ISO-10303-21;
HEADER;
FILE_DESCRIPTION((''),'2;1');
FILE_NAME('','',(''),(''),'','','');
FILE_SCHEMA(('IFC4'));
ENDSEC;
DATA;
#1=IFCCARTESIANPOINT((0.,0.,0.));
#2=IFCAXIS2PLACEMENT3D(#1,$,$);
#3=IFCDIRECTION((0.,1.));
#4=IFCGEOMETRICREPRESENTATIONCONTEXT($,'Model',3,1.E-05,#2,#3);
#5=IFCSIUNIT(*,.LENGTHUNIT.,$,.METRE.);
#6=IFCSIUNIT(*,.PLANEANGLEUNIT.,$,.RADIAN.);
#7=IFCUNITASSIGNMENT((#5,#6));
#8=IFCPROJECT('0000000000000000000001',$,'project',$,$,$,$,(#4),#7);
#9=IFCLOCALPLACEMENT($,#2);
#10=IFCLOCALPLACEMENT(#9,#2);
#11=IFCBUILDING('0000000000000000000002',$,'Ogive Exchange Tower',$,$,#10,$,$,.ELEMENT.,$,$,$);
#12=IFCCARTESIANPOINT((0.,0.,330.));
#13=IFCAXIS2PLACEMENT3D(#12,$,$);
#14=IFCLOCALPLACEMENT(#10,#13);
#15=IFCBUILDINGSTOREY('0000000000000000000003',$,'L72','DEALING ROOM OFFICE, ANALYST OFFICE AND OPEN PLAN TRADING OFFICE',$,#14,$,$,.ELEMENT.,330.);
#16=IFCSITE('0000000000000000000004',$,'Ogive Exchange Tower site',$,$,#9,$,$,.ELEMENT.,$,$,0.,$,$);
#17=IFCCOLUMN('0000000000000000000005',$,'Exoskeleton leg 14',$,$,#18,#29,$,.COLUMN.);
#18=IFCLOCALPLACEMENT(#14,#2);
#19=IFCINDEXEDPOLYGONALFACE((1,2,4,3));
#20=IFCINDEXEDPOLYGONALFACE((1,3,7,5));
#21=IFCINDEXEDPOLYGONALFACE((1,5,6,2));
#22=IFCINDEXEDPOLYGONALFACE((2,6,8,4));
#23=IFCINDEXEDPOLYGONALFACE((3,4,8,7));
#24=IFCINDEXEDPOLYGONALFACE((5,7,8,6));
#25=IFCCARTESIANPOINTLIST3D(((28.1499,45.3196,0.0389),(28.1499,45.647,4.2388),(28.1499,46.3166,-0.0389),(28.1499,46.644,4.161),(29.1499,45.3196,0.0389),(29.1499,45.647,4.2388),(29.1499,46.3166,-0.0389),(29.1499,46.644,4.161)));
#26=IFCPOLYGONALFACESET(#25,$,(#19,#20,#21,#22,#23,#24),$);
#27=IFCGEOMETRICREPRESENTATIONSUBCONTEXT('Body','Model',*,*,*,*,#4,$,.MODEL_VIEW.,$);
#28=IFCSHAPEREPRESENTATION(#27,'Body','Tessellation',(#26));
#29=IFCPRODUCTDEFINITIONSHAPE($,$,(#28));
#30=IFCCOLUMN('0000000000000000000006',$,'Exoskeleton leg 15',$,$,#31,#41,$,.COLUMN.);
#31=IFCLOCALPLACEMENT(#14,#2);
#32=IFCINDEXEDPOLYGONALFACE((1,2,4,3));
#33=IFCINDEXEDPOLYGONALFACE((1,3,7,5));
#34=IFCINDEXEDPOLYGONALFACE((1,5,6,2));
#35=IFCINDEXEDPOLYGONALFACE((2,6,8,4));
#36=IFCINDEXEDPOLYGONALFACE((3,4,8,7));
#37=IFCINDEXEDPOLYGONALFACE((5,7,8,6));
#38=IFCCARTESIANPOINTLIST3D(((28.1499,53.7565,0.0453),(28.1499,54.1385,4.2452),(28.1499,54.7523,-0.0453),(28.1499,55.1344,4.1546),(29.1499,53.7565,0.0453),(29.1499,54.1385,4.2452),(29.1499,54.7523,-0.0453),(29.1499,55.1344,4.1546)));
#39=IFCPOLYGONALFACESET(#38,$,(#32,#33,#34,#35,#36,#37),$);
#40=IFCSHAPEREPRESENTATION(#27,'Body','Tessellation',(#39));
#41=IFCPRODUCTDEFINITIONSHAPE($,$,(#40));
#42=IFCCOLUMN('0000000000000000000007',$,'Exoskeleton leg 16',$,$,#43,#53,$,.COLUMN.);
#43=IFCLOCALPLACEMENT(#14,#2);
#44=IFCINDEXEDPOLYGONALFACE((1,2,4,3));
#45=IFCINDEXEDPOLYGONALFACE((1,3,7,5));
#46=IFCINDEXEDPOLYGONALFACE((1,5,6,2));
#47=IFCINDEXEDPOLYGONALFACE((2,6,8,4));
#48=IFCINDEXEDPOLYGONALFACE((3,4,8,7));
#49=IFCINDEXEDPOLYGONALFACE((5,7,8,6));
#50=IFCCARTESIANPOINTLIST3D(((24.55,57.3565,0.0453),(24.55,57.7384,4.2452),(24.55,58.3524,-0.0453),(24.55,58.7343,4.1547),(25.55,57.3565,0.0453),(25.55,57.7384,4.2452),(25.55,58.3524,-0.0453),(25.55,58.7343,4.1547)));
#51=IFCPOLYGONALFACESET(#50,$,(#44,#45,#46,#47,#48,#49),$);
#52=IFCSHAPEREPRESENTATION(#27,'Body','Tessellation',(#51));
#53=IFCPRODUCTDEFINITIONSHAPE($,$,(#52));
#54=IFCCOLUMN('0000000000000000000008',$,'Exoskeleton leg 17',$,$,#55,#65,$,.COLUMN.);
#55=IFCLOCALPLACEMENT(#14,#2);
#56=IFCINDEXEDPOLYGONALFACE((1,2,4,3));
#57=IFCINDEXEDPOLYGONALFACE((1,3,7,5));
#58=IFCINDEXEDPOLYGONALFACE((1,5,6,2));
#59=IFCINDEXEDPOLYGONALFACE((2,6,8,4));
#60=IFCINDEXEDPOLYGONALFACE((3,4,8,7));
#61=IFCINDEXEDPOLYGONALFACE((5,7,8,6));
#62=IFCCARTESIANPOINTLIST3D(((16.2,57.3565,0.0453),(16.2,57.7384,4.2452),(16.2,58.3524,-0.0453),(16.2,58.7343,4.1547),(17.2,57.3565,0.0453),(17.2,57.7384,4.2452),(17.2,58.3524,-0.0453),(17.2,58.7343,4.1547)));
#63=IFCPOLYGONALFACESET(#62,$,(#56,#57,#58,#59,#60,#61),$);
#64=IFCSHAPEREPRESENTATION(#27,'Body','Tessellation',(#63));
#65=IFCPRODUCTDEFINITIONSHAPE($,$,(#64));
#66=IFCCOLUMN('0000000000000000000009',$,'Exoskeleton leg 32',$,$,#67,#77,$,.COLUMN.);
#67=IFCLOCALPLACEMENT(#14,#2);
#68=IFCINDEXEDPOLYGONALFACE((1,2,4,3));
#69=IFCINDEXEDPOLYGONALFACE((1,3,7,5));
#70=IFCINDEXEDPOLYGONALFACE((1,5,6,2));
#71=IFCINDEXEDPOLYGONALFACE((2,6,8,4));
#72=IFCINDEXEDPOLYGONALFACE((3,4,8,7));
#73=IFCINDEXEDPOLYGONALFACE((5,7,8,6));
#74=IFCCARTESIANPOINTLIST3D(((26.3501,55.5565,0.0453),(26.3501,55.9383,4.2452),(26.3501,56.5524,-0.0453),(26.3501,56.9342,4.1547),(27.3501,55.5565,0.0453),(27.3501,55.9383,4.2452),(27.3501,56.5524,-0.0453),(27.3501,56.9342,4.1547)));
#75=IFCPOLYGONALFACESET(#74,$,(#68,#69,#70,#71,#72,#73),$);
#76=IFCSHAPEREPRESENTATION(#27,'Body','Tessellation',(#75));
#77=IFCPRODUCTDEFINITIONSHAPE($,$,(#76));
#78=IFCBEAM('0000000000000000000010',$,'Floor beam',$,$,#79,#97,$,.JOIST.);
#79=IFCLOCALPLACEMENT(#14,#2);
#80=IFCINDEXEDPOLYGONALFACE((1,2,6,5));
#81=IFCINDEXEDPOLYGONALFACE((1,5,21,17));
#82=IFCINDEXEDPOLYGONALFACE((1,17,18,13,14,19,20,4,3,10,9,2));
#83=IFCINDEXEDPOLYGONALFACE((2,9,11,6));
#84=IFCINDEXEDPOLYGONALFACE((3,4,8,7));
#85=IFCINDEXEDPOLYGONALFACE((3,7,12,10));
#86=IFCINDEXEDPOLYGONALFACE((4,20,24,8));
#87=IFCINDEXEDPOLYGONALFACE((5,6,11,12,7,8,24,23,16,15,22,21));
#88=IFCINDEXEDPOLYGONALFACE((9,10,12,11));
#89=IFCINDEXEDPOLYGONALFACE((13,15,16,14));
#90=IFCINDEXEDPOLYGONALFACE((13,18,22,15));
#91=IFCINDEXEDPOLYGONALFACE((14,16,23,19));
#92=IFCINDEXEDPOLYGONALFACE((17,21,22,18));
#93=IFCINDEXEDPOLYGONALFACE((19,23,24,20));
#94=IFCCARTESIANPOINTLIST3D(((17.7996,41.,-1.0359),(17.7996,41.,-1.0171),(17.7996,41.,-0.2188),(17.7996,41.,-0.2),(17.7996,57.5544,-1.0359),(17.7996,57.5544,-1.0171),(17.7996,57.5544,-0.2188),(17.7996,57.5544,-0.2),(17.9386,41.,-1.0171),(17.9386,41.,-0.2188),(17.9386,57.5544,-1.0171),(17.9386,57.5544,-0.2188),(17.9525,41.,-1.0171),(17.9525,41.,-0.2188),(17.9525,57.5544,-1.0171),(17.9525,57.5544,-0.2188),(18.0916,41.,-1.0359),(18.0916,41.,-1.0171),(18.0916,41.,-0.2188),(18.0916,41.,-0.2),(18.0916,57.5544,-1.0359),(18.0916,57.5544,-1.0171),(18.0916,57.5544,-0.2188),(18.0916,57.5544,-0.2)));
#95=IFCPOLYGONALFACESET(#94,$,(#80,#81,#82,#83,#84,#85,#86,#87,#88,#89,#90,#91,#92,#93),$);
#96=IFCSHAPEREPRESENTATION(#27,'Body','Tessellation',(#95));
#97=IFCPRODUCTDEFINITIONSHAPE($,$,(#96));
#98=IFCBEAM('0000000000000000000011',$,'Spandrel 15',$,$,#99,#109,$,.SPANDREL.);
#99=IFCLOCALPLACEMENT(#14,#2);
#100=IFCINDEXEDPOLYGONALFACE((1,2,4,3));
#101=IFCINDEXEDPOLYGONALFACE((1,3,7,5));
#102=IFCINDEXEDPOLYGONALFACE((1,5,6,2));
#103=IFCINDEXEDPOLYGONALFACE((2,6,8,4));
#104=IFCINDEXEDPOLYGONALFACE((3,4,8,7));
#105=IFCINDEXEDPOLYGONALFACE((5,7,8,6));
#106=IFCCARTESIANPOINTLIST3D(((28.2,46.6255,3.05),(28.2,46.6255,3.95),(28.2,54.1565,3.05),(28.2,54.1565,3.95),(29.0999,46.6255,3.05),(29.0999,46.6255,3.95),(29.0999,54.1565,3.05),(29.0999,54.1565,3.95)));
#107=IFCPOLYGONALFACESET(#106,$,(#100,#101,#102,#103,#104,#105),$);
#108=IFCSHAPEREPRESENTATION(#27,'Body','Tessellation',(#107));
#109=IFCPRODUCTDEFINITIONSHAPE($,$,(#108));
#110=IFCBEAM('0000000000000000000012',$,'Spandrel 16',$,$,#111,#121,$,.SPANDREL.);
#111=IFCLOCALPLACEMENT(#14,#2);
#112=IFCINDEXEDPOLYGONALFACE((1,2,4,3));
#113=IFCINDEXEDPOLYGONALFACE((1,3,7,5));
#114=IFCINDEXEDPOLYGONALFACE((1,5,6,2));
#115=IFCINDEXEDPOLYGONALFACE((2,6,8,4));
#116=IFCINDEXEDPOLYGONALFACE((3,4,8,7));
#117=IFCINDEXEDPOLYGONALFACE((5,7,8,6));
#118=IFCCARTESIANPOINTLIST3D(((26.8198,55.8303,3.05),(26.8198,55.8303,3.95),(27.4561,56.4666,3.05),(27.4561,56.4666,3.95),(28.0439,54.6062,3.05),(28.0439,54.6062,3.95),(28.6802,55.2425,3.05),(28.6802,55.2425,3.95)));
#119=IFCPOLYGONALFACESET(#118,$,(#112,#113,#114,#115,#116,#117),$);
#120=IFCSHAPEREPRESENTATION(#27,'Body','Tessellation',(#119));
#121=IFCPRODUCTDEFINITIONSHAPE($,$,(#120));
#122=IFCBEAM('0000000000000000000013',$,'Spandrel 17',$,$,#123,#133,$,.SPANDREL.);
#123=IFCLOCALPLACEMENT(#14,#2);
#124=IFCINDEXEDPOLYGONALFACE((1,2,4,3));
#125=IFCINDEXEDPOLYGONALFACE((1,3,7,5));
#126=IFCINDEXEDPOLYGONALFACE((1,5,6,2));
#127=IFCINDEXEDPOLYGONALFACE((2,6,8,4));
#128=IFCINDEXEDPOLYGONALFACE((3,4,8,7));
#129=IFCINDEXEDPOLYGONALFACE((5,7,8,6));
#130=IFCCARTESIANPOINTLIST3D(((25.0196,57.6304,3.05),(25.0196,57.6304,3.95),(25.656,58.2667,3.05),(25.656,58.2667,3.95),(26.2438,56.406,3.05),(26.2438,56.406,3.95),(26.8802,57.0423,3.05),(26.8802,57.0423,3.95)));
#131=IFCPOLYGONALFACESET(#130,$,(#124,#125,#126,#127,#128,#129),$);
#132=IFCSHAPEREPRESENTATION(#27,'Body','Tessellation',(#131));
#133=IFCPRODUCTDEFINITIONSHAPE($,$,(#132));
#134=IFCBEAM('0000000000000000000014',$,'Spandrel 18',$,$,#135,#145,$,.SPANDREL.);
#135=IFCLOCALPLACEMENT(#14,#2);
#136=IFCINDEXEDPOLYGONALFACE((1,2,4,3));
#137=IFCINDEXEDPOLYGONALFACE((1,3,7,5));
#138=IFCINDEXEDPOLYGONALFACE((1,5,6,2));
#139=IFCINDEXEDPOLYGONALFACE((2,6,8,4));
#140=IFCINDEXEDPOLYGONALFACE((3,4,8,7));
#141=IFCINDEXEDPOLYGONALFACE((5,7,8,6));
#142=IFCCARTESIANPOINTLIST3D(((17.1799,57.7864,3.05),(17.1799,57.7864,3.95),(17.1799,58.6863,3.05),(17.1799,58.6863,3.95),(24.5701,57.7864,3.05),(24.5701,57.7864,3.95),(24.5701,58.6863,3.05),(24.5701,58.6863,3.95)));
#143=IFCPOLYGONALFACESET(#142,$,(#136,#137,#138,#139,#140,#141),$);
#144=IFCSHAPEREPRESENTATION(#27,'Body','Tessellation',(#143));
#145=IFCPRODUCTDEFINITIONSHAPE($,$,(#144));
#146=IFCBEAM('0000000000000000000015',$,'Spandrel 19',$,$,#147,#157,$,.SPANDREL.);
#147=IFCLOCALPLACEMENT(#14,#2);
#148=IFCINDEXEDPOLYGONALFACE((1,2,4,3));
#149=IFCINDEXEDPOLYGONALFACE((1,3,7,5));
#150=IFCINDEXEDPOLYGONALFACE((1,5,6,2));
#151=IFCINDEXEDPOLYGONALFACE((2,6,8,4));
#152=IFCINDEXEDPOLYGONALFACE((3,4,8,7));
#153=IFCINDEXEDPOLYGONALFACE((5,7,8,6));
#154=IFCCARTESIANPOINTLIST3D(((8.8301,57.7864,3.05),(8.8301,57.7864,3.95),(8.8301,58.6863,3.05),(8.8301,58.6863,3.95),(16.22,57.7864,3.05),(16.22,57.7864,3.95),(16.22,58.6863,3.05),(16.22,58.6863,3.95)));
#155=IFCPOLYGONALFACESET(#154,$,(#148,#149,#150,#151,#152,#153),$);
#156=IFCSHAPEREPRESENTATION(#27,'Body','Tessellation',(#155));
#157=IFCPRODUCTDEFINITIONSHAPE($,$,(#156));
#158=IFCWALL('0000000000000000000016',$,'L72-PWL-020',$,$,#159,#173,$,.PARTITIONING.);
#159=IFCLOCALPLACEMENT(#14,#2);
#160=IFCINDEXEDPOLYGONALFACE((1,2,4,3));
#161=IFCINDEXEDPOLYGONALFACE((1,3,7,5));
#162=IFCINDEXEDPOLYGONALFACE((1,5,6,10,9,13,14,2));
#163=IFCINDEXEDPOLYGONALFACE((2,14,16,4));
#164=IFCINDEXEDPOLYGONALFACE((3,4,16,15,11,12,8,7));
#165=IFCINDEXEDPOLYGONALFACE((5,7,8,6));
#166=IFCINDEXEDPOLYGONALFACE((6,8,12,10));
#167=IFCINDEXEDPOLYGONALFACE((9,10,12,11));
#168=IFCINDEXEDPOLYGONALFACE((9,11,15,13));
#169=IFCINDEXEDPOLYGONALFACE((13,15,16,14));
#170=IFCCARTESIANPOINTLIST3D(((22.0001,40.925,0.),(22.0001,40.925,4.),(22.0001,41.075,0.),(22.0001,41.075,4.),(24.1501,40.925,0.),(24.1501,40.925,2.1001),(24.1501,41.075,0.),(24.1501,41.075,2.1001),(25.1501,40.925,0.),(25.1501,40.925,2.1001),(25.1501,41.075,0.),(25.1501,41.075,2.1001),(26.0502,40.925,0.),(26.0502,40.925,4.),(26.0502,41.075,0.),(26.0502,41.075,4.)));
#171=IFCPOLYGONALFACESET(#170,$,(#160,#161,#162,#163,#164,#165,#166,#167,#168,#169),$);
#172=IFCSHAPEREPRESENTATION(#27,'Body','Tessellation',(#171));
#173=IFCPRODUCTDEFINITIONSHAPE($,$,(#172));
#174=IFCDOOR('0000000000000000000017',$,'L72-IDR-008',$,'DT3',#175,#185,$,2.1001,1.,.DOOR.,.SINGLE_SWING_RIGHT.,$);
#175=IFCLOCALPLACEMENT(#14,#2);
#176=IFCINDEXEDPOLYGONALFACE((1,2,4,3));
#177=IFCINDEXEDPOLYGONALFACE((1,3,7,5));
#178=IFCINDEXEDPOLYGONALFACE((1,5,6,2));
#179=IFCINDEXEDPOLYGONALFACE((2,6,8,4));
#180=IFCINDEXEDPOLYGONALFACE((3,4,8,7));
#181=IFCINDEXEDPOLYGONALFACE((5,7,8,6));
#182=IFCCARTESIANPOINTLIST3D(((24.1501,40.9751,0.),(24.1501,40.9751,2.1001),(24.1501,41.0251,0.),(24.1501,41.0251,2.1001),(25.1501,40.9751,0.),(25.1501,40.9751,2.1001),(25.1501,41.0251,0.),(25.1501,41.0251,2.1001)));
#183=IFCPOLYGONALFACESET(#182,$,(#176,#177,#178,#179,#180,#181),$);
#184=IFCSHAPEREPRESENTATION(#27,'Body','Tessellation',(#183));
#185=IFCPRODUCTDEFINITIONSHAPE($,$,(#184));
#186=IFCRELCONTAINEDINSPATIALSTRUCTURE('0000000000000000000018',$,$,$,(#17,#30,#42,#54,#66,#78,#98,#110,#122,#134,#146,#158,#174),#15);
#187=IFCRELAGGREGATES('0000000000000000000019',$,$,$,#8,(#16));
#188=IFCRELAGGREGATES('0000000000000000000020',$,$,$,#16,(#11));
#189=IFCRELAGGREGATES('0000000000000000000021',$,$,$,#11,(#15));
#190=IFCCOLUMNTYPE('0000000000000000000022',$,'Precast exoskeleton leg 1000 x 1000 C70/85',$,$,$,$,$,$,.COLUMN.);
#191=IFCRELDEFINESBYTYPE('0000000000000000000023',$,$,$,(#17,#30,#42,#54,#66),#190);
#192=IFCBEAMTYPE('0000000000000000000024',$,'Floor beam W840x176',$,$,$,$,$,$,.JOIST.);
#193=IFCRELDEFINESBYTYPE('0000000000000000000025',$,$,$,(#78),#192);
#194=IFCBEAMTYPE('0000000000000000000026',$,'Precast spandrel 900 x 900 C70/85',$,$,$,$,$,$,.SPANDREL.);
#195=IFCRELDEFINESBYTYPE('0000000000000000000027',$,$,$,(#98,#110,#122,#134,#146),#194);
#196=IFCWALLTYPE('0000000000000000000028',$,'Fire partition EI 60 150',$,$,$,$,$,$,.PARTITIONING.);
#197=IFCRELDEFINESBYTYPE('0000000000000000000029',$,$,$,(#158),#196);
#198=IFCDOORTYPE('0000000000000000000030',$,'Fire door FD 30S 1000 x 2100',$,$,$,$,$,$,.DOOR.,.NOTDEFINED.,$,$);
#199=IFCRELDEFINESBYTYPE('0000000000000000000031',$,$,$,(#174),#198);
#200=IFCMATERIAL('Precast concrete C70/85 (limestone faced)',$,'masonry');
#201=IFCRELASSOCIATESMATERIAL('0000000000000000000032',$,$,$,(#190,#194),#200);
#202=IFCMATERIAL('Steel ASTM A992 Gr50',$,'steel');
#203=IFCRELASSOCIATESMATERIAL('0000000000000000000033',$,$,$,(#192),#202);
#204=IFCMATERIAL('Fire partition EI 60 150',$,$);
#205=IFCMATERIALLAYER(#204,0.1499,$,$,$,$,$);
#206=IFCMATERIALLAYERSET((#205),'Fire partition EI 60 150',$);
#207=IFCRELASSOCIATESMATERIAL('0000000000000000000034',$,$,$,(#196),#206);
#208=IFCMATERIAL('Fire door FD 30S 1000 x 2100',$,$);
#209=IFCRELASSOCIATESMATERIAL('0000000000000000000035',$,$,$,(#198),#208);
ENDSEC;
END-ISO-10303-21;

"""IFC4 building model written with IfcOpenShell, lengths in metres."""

from ifc_helpers import new_model, si_unit, direction, frame, frame_2d, origin, origin_2d, place, context, subcontext, project, spatial, rectangle, i_section, extrude, material, layer, layer_set, material_profile, profile_set, type_object, element, fill, save


model = new_model("IFC4")

# Units and contexts
model_context = context("Model", 3, precision=1e-05, world=origin(), true_north=direction((0.0, 1.0)))
body_context = subcontext(model_context, "Body", "Model", "MODEL_VIEW")
ifc_project = project(units=[si_unit("LENGTHUNIT", "METRE"), si_unit("PLANEANGLEUNIT", "RADIAN")], contexts=[model_context])

# Site, building, storey
site_placement = place(None, origin())
site = spatial("IfcSite", under=ifc_project, at=site_placement, Name="Ogive Exchange Tower site", CompositionType="ELEMENT", RefElevation=0.0)
building_placement = place(site_placement, origin())
building = spatial("IfcBuilding", under=site, at=building_placement, Name="Ogive Exchange Tower", CompositionType="ELEMENT")
storey_placement = place(building_placement, frame((0.0, 0.0, 330.0)))
storey = spatial("IfcBuildingStorey", under=building, at=storey_placement, Name="L72", Description="DEALING ROOM OFFICE, ANALYST OFFICE AND OPEN PLAN TRADING OFFICE", CompositionType="ELEMENT", Elevation=330.0)

# Columns
ifc_material_1 = material(Name="Precast concrete C70/85 (limestone faced)", Category="masonry")
ifc_material_profile_1 = material_profile(ifc_material_1, rectangle(XDim=1.0, YDim=1.0, at=origin_2d()), Name="1000 x 1000")
ifc_profile_set_1 = profile_set([ifc_material_profile_1], Name="Precast concrete C70/85 (limestone faced)")
column_type = type_object("IfcColumnType", Name="Precast exoskeleton leg 1000 x 1000 C70/85", PredefinedType="COLUMN", material=ifc_profile_set_1)
column_placement = place(storey_placement, frame((28.6499, 45.8181, 0.0), z_axis=(0.0, 0.077716, 0.996976), x_axis=(-1.0, 0.0, 0.0)))
element("IfcColumn", 1, at=column_placement, inside=storey, type_object=column_type, Name="Exoskeleton leg 14", PredefinedType="COLUMN", context=body_context, shape_type="SweptSolid", body=[
    extrude(rectangle(XDim=1.0, YDim=1.0, at=origin_2d()), origin(), (0.0, 0.0, 1.0), 4.2126),
])
for number, where, z_axis, x_axis, name in (
    (2, (28.6499, 54.2544, 0.0), (0.0, 0.090598, 0.995888), (-1.0, 0.0, 0.0), "Exoskeleton leg 15"),
    (3, (25.05, 57.8545, 0.0), (0.0, 0.090541, 0.995893), (-1.0, 0.0, 0.0), "Exoskeleton leg 16"),
    (4, (16.7, 57.8545, 0.0), (0.0, 0.090541, 0.995893), (-1.0, 0.0, 0.0), "Exoskeleton leg 17"),
    (5, (26.8501, 56.0544, 0.0), (0.0, 0.090541, 0.995893), (-1.0, 0.0, 0.0), "Exoskeleton leg 32"),
):
    element("IfcColumn", number, at=place(storey_placement, frame(where, z_axis=z_axis, x_axis=x_axis)), inside=storey, type_object=column_type, Name=name, PredefinedType="COLUMN", context=body_context, shape_type="SweptSolid", body=[
        extrude(rectangle(XDim=1.0, YDim=1.0, at=origin_2d()), origin(), (0.0, 0.0, 1.0), 4.2173),
    ])

# Beams
ifc_material_2 = material(Name="Steel ASTM A992 Gr50", Category="steel")
ifc_material_profile_2 = material_profile(ifc_material_2, i_section(OverallWidth=0.292, OverallDepth=0.8359, WebThickness=0.0139, FlangeThickness=0.0188, at=origin_2d()), Name="W840x176")
ifc_profile_set_2 = profile_set([ifc_material_profile_2], Name="Steel ASTM A992 Gr50")
beam_type_1 = type_object("IfcBeamType", Name="Floor beam W840x176", PredefinedType="JOIST", material=ifc_profile_set_2)
beam_1_placement = place(storey_placement, frame((17.9456, 41.0, -0.6179), z_axis=(0.0, 1.0, 0.0), x_axis=(-1.0, 0.0, 0.0)))
element("IfcBeam", 6, at=beam_1_placement, inside=storey, type_object=beam_type_1, Name="Floor beam", PredefinedType="JOIST", context=body_context, shape_type="SweptSolid", body=[
    extrude(i_section(OverallWidth=0.292, OverallDepth=0.8359, WebThickness=0.0139, FlangeThickness=0.0188, at=origin_2d()), origin(), (0.0, 0.0, 1.0), 16.5544),
])
ifc_material_profile_3 = material_profile(ifc_material_1, rectangle(XDim=0.8999, YDim=0.8999, at=origin_2d()), Name="900 x 900")
ifc_profile_set_3 = profile_set([ifc_material_profile_3], Name="Precast concrete C70/85 (limestone faced)")
beam_type_2 = type_object("IfcBeamType", Name="Precast spandrel 900 x 900 C70/85", PredefinedType="SPANDREL", material=ifc_profile_set_3)
beam_2_placement = place(storey_placement, frame((28.6499, 46.6255, 3.5), z_axis=(0.0, 1.0, 0.0), x_axis=(-1.0, 0.0, 0.0)))
element("IfcBeam", 7, at=beam_2_placement, inside=storey, type_object=beam_type_2, Name="Spandrel 15", PredefinedType="SPANDREL", context=body_context, shape_type="SweptSolid", body=[
    extrude(rectangle(XDim=0.8999, YDim=0.8999, at=origin_2d()), origin(), (0.0, 0.0, 1.0), 7.531),
])
beam_3_placement = place(storey_placement, frame((28.3621, 54.9243, 3.5), z_axis=(-0.707107, 0.707107, 0.0), x_axis=(-0.707107, -0.707107, 0.0)))
element("IfcBeam", 8, at=beam_3_placement, inside=storey, type_object=beam_type_2, Name="Spandrel 16", PredefinedType="SPANDREL", context=body_context, shape_type="SweptSolid", body=[
    extrude(rectangle(XDim=0.8999, YDim=0.8999, at=origin_2d()), origin(), (0.0, 0.0, 1.0), 1.7312),
])
beam_4_placement = place(storey_placement, frame((26.562, 56.7241, 3.5), z_axis=(-0.707036, 0.707177, 0.0), x_axis=(-0.707177, -0.707036, 0.0)))
element("IfcBeam", 9, at=beam_4_placement, inside=storey, type_object=beam_type_2, Name="Spandrel 17", PredefinedType="SPANDREL", context=body_context, shape_type="SweptSolid", body=[
    extrude(rectangle(XDim=0.8999, YDim=0.8999, at=origin_2d()), origin(), (0.0, 0.0, 1.0), 1.7314),
])
beam_5_placement = place(storey_placement, frame((24.5701, 58.2363, 3.5), z_axis=(-1.0, 0.0, 0.0), x_axis=(0.0, -1.0, 0.0)))
element("IfcBeam", 10, at=beam_5_placement, inside=storey, type_object=beam_type_2, Name="Spandrel 18", PredefinedType="SPANDREL", context=body_context, shape_type="SweptSolid", body=[
    extrude(rectangle(XDim=0.8999, YDim=0.8999, at=origin_2d()), origin(), (0.0, 0.0, 1.0), 7.3901),
])
beam_6_placement = place(storey_placement, frame((16.22, 58.2363, 3.5), z_axis=(-1.0, 0.0, 0.0), x_axis=(0.0, -1.0, 0.0)))
element("IfcBeam", 11, at=beam_6_placement, inside=storey, type_object=beam_type_2, Name="Spandrel 19", PredefinedType="SPANDREL", context=body_context, shape_type="SweptSolid", body=[
    extrude(rectangle(XDim=0.8999, YDim=0.8999, at=origin_2d()), origin(), (0.0, 0.0, 1.0), 7.3899),
])

# Wall, opening, door
ifc_material_3 = material(Name="Fire partition EI 60 150")
ifc_layer_1 = layer(ifc_material_3, 0.1499)
ifc_layer_set_1 = layer_set([ifc_layer_1], Name="Fire partition EI 60 150")
wall_type_1 = type_object("IfcWallType", Name="Fire partition EI 60 150", PredefinedType="PARTITIONING", material=ifc_layer_set_1)
wall_1_placement = place(storey_placement, frame((26.05, 41.0, 0.0), z_axis=(0.0, 0.0, 1.0), x_axis=(-1.0, 0.0, 0.0)))
wall_1 = element("IfcWall", 12, at=wall_1_placement, inside=storey, type_object=wall_type_1, Name="L72-PWL-020", PredefinedType="PARTITIONING", context=body_context, shape_type="SweptSolid", body=[
    extrude(rectangle(XDim=4.05, YDim=0.1499, at=frame_2d((2.0249, 0.0))), origin(), (0.0, 0.0, 1.0), 4.0),
])
opening_1_placement = place(wall_1_placement, frame((0.8999, 0.0, 0.0)))
opening_1 = element("IfcOpeningElement", 13, at=opening_1_placement, cuts=wall_1, PredefinedType="OPENING", context=body_context, shape_type="SweptSolid", body=[
    extrude(rectangle(XDim=1.0, YDim=2.1001, at=frame_2d((0.5, 1.05))), frame((0.0, 0.085, 0.0), z_axis=(0.0, -1.0, 0.0), x_axis=(1.0, 0.0, 0.0)), (0.0, 0.0, 1.0), 0.1699),
])
ifc_material_4 = material(Name="Fire door FD 30S 1000 x 2100")
door_type_1 = type_object("IfcDoorType", Name="Fire door FD 30S 1000 x 2100", OperationType="NOTDEFINED", PredefinedType="DOOR", material=ifc_material_4)
door_1_placement = place(opening_1_placement, origin())
door_1 = element("IfcDoor", 14, at=door_1_placement, inside=storey, type_object=door_type_1, Name="L72-IDR-008", ObjectType="DT3", OperationType="SINGLE_SWING_RIGHT", OverallHeight=2.1001, OverallWidth=1.0, PredefinedType="DOOR", context=body_context, shape_type="SweptSolid", body=[
    extrude(rectangle(XDim=1.0, YDim=2.1001, at=frame_2d((0.5, 1.05))), frame((0.0, 0.0249, 0.0), z_axis=(0.0, -1.0, 0.0), x_axis=(1.0, 0.0, 0.0)), (0.0, 0.0, 1.0), 0.05),
])
fill(opening_1, door_1)

save(model, "model.ifc")
